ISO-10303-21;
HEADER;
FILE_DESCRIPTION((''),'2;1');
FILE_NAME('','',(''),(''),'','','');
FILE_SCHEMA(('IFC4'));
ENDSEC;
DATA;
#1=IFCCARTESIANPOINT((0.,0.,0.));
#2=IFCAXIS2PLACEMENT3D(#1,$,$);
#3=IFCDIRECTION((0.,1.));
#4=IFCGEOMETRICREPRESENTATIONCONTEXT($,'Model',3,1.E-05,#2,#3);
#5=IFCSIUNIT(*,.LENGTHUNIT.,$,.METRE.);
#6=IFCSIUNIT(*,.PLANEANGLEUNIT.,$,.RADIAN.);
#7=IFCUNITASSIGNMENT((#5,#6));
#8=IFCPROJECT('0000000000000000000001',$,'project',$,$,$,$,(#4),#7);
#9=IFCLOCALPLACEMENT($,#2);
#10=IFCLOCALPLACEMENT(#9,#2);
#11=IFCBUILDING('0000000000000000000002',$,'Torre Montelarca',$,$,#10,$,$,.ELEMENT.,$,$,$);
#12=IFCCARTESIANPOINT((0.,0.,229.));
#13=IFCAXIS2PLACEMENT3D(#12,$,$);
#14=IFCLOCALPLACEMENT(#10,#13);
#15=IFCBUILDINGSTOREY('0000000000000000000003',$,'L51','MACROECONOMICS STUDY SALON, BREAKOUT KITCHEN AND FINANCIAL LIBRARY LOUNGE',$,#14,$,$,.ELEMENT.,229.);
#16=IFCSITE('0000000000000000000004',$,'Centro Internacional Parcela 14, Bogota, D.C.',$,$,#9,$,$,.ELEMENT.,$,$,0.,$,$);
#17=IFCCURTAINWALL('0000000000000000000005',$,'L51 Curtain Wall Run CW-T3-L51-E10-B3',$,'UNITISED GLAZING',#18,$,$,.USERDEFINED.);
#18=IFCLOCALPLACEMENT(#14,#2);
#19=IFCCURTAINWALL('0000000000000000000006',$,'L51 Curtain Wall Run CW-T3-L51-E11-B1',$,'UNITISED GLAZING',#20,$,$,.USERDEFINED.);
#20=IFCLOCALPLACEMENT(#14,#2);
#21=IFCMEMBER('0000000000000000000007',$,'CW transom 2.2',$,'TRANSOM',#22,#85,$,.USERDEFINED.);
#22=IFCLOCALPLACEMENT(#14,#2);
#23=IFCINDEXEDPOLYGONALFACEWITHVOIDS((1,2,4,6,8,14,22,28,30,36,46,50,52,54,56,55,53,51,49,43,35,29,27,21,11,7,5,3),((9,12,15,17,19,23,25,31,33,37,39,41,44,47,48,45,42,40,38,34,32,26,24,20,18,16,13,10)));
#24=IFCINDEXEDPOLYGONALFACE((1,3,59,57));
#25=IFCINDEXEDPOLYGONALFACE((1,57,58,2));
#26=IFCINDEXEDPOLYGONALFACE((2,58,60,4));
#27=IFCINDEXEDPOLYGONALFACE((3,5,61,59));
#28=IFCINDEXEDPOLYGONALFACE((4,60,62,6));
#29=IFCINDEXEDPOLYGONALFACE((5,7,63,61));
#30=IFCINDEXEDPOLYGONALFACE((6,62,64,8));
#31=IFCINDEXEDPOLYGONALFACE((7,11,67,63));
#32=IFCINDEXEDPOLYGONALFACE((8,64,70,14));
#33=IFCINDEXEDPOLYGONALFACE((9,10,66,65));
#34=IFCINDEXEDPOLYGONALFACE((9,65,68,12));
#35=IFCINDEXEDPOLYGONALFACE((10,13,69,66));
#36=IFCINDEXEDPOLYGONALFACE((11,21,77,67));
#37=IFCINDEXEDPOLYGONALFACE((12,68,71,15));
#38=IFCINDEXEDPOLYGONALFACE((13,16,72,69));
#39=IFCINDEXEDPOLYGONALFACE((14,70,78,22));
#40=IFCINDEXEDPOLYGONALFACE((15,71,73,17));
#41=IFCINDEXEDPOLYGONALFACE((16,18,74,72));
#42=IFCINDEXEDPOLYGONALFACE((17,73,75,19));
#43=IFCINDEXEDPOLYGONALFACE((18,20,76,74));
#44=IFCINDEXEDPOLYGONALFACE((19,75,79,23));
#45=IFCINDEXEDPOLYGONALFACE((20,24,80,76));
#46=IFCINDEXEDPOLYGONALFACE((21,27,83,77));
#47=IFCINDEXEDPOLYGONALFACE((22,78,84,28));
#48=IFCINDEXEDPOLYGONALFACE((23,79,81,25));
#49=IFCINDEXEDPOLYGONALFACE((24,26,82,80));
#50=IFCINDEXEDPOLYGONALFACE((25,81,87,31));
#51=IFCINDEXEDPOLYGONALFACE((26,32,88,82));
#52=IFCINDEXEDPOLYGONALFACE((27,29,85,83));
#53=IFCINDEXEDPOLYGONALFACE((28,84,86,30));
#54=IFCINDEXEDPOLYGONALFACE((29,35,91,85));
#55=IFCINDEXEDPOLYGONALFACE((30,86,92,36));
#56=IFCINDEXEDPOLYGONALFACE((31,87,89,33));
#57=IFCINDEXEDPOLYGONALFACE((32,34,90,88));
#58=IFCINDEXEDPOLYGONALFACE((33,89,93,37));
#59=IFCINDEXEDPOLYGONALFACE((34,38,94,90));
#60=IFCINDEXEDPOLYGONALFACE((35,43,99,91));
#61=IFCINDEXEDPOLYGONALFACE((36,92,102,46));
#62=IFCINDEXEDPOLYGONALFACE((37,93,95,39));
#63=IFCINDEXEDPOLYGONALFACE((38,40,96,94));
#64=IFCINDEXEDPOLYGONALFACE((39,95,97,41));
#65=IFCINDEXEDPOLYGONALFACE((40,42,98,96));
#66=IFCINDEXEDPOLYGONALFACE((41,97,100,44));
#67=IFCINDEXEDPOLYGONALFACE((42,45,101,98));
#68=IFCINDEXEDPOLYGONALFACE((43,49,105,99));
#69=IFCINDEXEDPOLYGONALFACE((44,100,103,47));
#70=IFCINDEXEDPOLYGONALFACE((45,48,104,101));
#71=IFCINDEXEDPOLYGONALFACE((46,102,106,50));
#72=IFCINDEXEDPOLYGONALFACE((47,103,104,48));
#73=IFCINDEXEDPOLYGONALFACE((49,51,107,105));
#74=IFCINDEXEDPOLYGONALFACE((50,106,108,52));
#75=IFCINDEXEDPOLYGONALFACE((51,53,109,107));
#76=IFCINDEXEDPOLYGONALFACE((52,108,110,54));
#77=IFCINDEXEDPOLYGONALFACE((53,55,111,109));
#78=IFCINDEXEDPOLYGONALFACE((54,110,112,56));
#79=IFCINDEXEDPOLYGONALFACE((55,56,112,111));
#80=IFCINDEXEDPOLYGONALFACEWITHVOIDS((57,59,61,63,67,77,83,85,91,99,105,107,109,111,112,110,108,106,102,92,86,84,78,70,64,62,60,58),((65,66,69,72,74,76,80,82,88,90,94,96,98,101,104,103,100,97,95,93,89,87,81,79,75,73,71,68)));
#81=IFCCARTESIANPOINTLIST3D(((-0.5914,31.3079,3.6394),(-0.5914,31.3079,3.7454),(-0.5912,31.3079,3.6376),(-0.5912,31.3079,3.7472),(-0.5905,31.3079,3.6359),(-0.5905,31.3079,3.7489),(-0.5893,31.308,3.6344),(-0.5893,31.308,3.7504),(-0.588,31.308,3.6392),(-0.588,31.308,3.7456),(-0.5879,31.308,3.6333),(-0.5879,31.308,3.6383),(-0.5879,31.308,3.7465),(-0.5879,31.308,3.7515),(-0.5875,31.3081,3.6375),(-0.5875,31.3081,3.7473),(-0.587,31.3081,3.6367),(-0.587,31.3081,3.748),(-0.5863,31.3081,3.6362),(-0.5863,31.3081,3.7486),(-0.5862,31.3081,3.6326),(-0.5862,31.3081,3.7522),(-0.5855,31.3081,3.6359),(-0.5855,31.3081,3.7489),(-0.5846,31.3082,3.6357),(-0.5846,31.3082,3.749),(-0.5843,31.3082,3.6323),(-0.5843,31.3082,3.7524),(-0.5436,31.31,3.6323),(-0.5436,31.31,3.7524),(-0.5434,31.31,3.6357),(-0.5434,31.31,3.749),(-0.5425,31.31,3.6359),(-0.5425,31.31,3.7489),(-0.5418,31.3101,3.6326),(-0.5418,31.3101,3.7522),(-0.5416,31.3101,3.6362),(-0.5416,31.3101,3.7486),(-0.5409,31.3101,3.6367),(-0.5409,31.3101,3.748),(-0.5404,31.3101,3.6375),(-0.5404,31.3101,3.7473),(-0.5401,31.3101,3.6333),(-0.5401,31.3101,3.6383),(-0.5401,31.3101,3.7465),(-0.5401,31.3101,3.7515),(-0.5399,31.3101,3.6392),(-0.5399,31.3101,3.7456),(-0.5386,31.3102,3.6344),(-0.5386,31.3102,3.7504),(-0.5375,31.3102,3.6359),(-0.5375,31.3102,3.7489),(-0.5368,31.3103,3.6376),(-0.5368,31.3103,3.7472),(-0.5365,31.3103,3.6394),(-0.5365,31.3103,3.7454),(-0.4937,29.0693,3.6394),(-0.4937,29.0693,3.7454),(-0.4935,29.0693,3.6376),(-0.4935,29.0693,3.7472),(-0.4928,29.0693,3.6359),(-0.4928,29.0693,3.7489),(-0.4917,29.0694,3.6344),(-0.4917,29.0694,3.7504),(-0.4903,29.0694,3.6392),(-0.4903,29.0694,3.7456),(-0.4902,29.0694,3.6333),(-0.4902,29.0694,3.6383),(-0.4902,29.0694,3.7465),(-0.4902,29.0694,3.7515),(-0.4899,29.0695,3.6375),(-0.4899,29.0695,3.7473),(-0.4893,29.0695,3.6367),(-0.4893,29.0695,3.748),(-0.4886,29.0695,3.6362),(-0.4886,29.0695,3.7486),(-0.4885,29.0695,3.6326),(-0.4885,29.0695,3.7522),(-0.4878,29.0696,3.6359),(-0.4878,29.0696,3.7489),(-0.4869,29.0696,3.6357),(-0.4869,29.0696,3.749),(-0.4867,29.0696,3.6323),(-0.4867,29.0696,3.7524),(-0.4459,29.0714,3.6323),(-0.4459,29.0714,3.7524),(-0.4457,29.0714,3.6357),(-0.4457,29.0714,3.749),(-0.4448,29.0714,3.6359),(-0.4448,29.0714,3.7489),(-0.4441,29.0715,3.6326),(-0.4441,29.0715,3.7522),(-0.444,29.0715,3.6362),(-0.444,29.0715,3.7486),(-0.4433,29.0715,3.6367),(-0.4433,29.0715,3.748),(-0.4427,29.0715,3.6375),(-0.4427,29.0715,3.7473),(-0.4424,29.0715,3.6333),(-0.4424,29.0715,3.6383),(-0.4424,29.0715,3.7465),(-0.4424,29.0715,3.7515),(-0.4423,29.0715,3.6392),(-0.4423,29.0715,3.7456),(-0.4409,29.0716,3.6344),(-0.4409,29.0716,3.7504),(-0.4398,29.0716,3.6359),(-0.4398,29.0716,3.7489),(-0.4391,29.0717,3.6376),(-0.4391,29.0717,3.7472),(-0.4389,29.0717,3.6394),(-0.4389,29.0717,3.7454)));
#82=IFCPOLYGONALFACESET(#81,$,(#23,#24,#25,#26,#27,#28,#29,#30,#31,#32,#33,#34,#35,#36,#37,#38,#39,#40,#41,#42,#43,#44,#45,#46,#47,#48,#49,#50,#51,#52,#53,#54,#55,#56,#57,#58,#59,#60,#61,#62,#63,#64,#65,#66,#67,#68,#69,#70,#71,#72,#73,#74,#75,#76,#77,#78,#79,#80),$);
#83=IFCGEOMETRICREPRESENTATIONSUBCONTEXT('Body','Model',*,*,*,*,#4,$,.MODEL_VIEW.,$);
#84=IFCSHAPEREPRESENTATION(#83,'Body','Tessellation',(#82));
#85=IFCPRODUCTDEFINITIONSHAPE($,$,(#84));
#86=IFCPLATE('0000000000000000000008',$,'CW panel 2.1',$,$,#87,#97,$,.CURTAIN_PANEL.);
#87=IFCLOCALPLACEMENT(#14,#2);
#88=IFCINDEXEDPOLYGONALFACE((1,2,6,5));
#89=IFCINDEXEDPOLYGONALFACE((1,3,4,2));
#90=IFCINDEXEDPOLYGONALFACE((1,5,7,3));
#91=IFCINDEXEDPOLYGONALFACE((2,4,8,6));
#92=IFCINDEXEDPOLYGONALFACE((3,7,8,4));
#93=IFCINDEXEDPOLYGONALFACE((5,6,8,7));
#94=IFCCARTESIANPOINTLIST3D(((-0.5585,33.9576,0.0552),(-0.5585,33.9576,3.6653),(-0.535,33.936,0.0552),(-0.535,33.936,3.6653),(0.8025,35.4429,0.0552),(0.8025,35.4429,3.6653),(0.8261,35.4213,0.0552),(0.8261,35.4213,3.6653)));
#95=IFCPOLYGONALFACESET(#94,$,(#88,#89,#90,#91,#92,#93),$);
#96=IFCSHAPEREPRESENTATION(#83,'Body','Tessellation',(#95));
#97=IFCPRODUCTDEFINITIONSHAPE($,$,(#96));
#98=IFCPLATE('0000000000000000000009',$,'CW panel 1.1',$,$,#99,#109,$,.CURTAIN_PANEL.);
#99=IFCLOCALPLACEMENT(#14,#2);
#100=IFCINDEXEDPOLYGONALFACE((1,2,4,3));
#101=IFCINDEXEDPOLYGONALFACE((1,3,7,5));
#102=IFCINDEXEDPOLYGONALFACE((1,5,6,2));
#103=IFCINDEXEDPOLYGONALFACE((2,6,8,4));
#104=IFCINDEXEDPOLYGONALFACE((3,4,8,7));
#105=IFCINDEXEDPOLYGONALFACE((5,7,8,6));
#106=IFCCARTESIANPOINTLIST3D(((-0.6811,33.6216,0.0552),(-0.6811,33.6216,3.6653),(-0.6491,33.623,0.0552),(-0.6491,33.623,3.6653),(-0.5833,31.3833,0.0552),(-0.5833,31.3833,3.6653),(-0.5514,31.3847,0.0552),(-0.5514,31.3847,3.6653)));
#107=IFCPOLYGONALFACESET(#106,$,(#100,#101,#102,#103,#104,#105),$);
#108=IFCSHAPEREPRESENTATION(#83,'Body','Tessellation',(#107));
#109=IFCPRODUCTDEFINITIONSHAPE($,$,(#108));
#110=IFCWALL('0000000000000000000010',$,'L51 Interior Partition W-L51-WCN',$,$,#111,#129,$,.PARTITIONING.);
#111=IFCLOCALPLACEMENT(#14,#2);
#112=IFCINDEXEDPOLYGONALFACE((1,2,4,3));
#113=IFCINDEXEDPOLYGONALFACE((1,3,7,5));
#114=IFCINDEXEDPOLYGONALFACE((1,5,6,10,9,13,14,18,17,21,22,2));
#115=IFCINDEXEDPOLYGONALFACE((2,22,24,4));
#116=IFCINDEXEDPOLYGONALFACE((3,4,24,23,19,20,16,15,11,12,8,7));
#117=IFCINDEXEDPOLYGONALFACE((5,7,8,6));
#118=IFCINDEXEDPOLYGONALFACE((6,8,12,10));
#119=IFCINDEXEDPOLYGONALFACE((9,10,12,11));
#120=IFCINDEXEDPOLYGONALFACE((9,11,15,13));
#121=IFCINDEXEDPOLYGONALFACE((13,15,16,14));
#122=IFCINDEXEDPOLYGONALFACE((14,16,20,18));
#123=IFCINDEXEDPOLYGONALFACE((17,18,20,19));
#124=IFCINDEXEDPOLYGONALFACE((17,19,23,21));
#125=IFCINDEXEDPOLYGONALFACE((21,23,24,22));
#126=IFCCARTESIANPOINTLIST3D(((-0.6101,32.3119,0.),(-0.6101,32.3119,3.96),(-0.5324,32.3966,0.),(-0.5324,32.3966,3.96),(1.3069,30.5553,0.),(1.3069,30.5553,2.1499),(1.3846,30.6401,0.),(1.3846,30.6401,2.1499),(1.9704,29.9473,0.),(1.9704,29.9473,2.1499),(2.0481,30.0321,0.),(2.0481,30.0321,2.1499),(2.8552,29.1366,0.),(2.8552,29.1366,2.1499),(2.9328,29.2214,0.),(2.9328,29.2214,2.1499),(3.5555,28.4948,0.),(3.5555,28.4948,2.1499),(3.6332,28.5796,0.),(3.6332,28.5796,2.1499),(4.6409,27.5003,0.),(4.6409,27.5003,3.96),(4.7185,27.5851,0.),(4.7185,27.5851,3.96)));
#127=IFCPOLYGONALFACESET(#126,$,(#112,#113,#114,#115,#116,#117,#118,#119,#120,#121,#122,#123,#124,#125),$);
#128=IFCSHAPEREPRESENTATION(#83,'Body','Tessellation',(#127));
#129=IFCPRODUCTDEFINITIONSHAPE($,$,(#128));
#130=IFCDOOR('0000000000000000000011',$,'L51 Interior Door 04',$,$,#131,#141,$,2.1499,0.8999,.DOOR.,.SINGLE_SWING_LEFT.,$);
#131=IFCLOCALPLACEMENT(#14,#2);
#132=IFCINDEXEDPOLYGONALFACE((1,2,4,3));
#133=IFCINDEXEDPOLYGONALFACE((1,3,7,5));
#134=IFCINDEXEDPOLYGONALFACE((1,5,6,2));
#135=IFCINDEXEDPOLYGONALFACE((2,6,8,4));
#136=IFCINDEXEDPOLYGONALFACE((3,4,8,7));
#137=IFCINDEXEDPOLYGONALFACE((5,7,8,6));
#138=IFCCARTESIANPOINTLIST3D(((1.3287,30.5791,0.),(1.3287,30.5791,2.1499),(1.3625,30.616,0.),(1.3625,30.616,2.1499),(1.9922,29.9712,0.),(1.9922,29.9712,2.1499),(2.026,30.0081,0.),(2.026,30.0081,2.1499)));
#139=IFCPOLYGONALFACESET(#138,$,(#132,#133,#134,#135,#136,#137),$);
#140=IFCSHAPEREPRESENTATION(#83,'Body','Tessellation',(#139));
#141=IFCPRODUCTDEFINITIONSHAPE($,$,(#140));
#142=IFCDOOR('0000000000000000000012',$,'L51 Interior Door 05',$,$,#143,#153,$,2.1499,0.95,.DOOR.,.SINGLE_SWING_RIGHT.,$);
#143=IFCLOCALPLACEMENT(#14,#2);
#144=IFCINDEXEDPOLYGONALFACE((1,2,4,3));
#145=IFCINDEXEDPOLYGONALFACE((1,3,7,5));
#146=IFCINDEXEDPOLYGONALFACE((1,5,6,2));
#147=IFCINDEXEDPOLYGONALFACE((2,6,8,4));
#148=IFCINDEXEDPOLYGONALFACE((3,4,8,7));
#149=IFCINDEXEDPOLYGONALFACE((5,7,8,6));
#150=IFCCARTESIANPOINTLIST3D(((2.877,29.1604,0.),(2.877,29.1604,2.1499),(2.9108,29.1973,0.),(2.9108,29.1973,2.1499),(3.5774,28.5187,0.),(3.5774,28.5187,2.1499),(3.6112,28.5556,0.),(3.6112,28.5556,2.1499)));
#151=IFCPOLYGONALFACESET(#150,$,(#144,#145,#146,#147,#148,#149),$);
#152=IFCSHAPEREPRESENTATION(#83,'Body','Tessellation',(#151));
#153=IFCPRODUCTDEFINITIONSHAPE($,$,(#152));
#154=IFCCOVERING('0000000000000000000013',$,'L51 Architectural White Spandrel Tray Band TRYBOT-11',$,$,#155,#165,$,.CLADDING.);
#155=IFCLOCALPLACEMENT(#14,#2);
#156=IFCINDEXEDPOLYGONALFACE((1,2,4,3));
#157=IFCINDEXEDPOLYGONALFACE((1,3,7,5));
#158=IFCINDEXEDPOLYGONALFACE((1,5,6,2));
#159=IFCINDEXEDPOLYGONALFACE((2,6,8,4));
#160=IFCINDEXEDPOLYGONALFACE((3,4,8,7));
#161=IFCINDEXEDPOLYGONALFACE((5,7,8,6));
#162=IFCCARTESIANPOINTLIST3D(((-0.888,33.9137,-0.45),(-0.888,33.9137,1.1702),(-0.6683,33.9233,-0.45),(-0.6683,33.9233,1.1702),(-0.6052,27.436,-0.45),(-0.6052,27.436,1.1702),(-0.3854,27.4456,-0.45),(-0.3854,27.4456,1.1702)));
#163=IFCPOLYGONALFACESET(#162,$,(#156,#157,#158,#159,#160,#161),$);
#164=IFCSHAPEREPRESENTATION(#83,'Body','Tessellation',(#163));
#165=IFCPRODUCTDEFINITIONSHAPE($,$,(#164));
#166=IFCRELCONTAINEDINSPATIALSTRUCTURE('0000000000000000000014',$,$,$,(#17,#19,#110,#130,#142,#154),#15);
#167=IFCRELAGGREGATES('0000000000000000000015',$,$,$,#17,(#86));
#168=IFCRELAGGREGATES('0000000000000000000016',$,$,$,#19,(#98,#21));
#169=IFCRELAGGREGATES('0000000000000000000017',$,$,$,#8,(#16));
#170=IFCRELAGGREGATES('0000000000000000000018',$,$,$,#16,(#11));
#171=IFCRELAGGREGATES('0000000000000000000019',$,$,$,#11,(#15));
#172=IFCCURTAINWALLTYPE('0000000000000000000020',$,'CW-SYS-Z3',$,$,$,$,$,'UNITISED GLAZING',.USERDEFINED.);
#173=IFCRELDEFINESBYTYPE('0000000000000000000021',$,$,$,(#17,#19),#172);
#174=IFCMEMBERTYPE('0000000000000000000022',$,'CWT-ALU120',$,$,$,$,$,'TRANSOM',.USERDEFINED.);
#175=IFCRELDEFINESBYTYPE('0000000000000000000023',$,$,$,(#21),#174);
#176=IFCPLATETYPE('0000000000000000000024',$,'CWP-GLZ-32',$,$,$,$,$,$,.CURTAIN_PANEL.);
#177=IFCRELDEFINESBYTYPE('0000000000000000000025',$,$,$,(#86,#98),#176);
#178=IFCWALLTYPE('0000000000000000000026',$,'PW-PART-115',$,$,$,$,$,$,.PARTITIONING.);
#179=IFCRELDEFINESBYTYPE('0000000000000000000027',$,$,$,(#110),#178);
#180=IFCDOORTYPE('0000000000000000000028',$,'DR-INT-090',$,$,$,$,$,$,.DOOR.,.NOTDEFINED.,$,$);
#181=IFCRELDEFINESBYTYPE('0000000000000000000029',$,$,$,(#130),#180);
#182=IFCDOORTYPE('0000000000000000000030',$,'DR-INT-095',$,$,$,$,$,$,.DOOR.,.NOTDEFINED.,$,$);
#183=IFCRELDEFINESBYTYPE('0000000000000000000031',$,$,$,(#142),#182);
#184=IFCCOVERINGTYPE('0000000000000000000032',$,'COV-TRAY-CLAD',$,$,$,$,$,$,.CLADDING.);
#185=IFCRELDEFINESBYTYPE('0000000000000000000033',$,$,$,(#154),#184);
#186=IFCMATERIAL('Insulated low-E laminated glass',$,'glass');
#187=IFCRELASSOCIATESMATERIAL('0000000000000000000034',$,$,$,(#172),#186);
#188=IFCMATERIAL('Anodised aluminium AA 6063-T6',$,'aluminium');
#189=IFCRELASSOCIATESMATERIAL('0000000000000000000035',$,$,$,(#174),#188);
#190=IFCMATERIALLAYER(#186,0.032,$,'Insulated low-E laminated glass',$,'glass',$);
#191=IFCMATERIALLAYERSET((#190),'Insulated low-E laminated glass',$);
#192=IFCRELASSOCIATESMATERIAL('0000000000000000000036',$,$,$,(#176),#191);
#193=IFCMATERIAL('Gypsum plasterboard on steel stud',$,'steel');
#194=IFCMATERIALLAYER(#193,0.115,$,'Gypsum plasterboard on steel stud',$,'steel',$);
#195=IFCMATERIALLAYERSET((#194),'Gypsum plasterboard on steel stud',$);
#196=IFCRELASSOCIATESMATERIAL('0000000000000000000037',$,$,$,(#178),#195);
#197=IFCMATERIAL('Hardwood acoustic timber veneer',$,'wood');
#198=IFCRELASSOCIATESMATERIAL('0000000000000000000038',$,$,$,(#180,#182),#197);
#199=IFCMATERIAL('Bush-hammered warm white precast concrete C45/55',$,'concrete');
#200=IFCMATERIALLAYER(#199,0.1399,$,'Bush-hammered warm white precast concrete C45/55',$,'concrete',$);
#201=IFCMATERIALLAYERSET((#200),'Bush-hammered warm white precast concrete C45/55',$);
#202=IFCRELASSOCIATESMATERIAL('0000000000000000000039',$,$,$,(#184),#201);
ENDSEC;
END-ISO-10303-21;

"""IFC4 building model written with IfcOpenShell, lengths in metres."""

from ifc_helpers import new_model, si_unit, direction, frame, frame_2d, origin, origin_2d, place, context, subcontext, project, spatial, rectangle, hollow_rectangle, extrude, source, transform, mapped, material, layer, layer_set, material_profile, profile_set, type_object, element, fill, aggregate, save


model = new_model("IFC4")

# Units and contexts
model_context = context("Model", 3, precision=1e-05, world=origin(), true_north=direction((0.0, 1.0)))
body_context = subcontext(model_context, "Body", "Model", "MODEL_VIEW")
ifc_project = project(units=[si_unit("LENGTHUNIT", "METRE"), si_unit("PLANEANGLEUNIT", "RADIAN")], contexts=[model_context])

# Site, building, storey
site_placement = place(None, origin())
site = spatial("IfcSite", under=ifc_project, at=site_placement, Name="Centro Internacional Parcela 14, Bogota, D.C.", CompositionType="ELEMENT", RefElevation=0.0)
building_placement = place(site_placement, origin())
building = spatial("IfcBuilding", under=site, at=building_placement, Name="Torre Montelarca", CompositionType="ELEMENT")
storey_placement = place(building_placement, frame((0.0, 0.0, 229.0)))
storey = spatial("IfcBuildingStorey", under=building, at=storey_placement, Name="L51", Description="MACROECONOMICS STUDY SALON, BREAKOUT KITCHEN AND FINANCIAL LIBRARY LOUNGE", CompositionType="ELEMENT", Elevation=229.0)

# Curtain wall
ifc_material_1 = material(Name="Insulated low-E laminated glass", Category="glass")
curtain_wall_type = type_object("IfcCurtainWallType", Name="CW-SYS-Z3", ElementType="UNITISED GLAZING", PredefinedType="USERDEFINED", material=ifc_material_1)
curtain_wall_1_placement = place(storey_placement, origin())
curtain_wall_1 = element("IfcCurtainWall", 1, at=curtain_wall_1_placement, inside=storey, type_object=curtain_wall_type, Name="L51 Curtain Wall Run CW-T3-L51-E10-B3", ObjectType="UNITISED GLAZING", PredefinedType="USERDEFINED")
ifc_material_2 = material(Name="Anodised aluminium AA 6063-T6", Category="aluminium")

# Curtain wall
curtain_wall_2_placement = place(storey_placement, origin())
curtain_wall_2 = element("IfcCurtainWall", 2, at=curtain_wall_2_placement, inside=storey, type_object=curtain_wall_type, Name="L51 Curtain Wall Run CW-T3-L51-E11-B1", ObjectType="UNITISED GLAZING", PredefinedType="USERDEFINED")

# Member
ifc_material_profile_1 = material_profile(ifc_material_2, hollow_rectangle(XDim=0.0549, YDim=0.1201, WallThickness=0.0034, InnerFilletRadius=0.0034, OuterFilletRadius=0.0071, at=origin_2d()), Name="ALU55X120X3.5", Category="aluminium")
ifc_profile_set_1 = profile_set([ifc_material_profile_1], Name="Anodised aluminium AA 6063-T6")
member_type_1 = type_object("IfcMemberType", Name="CWT-ALU120", ElementType="TRANSOM", PredefinedType="USERDEFINED", material=ifc_profile_set_1)
shared_shape_1 = source(origin(), body_context, "Body", "SweptSolid", [
    extrude(hollow_rectangle(XDim=0.0549, YDim=0.1201, WallThickness=0.0034, InnerFilletRadius=0.0034, OuterFilletRadius=0.0071, at=origin_2d()), origin(), (0.0, 0.0, 1.0), 2.2407),
])
member_1_placement = place(storey_placement, frame((-0.564, 31.3091, 3.6924), z_axis=(0.043584, -0.99905, 0.0), x_axis=(0.99905, 0.043584, 0.0)))
member_1 = element("IfcMember", 3, at=member_1_placement, type_object=member_type_1, Name="CW transom 2.2", ObjectType="TRANSOM", PredefinedType="USERDEFINED", context=body_context, shape_type="MappedRepresentation", body=[
    mapped(shared_shape_1, transform((0.0, 0.0, 0.0), scale=1.0)),
])

# Plates
ifc_layer_1 = layer(ifc_material_1, 0.032, Name="Insulated low-E laminated glass", Category="glass")
ifc_layer_set_1 = layer_set([ifc_layer_1], Name="Insulated low-E laminated glass")
plate_type = type_object("IfcPlateType", Name="CWP-GLZ-32", PredefinedType="CURTAIN_PANEL", material=ifc_layer_set_1)
shared_shape_2 = source(origin(), body_context, "Body", "SweptSolid", [
    extrude(rectangle(XDim=2.0146, YDim=0.032, at=origin_2d()), origin(), (0.0, 0.0, 1.0), 3.6101),
])
plate_1_placement = place(storey_placement, frame((0.1338, 34.6895, 0.0552), z_axis=(0.0, 0.0, 1.0), x_axis=(-0.675582, -0.737285, 0.0)))
plate_1 = element("IfcPlate", 4, at=plate_1_placement, type_object=plate_type, Name="CW panel 2.1", PredefinedType="CURTAIN_PANEL", context=body_context, shape_type="MappedRepresentation", body=[
    mapped(shared_shape_2, transform((0.0, 0.0, 0.0), scale=1.0)),
])
aggregate(curtain_wall_1, [plate_1])
shared_shape_3 = source(origin(), body_context, "Body", "SweptSolid", [
    extrude(rectangle(XDim=2.2405, YDim=0.032, at=origin_2d()), origin(), (0.0, 0.0, 1.0), 3.6101),
])
plate_2_placement = place(storey_placement, frame((-0.6162, 32.5032, 0.0552), z_axis=(0.0, 0.0, 1.0), x_axis=(0.043625, -0.999048, 0.0)))
plate_2 = element("IfcPlate", 5, at=plate_2_placement, type_object=plate_type, Name="CW panel 1.1", PredefinedType="CURTAIN_PANEL", context=body_context, shape_type="MappedRepresentation", body=[
    mapped(shared_shape_3, transform((0.0, 0.0, 0.0), scale=1.0)),
])
aggregate(curtain_wall_2, [plate_2, member_1])

# Wall, openings, doors
ifc_material_3 = material(Name="Gypsum plasterboard on steel stud", Category="steel")
ifc_layer_2 = layer(ifc_material_3, 0.115, Name="Gypsum plasterboard on steel stud", Category="steel")
ifc_layer_set_2 = layer_set([ifc_layer_2], Name="Gypsum plasterboard on steel stud")
wall_type_1 = type_object("IfcWallType", Name="PW-PART-115", PredefinedType="PARTITIONING", material=ifc_layer_set_2)
wall_1_placement = place(storey_placement, frame((-0.5713, 32.3542, 0.0), z_axis=(0.0, 0.0, 1.0), x_axis=(0.737285, -0.675582, 0.0)))
wall_1 = element("IfcWall", 6, at=wall_1_placement, inside=storey, type_object=wall_type_1, Name="L51 Interior Partition W-L51-WCN", PredefinedType="PARTITIONING", context=body_context, shape_type="SweptSolid", body=[
    extrude(rectangle(XDim=7.1221, YDim=0.115, at=frame_2d((3.561, 0.0))), origin(), (0.0, 0.0, 1.0), 3.96),
])
opening_1_placement = place(wall_1_placement, frame((2.6001, 0.0, 0.0)))
opening_1 = element("IfcOpeningElement", 7, at=opening_1_placement, cuts=wall_1, PredefinedType="OPENING", context=body_context, shape_type="SweptSolid", body=[
    extrude(rectangle(XDim=0.8999, YDim=2.1499, at=frame_2d((0.45, 1.075))), frame((0.0, 0.0674, 0.0), z_axis=(0.0, -1.0, 0.0), x_axis=(1.0, 0.0, 0.0)), (0.0, 0.0, 1.0), 0.135),
])
opening_2_placement = place(wall_1_placement, frame((4.7, 0.0, 0.0)))
opening_2 = element("IfcOpeningElement", 8, at=opening_2_placement, cuts=wall_1, PredefinedType="OPENING", context=body_context, shape_type="SweptSolid", body=[
    extrude(rectangle(XDim=0.95, YDim=2.1499, at=frame_2d((0.4751, 1.075))), frame((0.0, 0.0674, 0.0), z_axis=(0.0, -1.0, 0.0), x_axis=(1.0, 0.0, 0.0)), (0.0, 0.0, 1.0), 0.135),
])
ifc_material_4 = material(Name="Hardwood acoustic timber veneer", Category="wood")
door_type_1 = type_object("IfcDoorType", Name="DR-INT-090", OperationType="NOTDEFINED", PredefinedType="DOOR", material=ifc_material_4)
shared_shape_4 = source(origin(), body_context, "Body", "SweptSolid", [
    extrude(rectangle(XDim=0.8999, YDim=2.1499, at=frame_2d((0.45, 1.075))), frame((0.0, 0.0249, 0.0), z_axis=(0.0, -1.0, 0.0), x_axis=(1.0, 0.0, 0.0)), (0.0, 0.0, 1.0), 0.05),
])
door_1_placement = place(opening_1_placement, origin())
door_1 = element("IfcDoor", 9, at=door_1_placement, inside=storey, type_object=door_type_1, Name="L51 Interior Door 04", OperationType="SINGLE_SWING_LEFT", OverallHeight=2.1499, OverallWidth=0.8999, PredefinedType="DOOR", context=body_context, shape_type="MappedRepresentation", body=[
    mapped(shared_shape_4, transform((0.0, 0.0, 0.0), scale=1.0)),
])
fill(opening_1, door_1)
door_type_2 = type_object("IfcDoorType", Name="DR-INT-095", OperationType="NOTDEFINED", PredefinedType="DOOR", material=ifc_material_4)
shared_shape_5 = source(origin(), body_context, "Body", "SweptSolid", [
    extrude(rectangle(XDim=0.95, YDim=2.1499, at=frame_2d((0.4751, 1.075))), frame((0.0, 0.0249, 0.0), z_axis=(0.0, -1.0, 0.0), x_axis=(1.0, 0.0, 0.0)), (0.0, 0.0, 1.0), 0.05),
])
door_2_placement = place(opening_2_placement, origin())
door_2 = element("IfcDoor", 10, at=door_2_placement, inside=storey, type_object=door_type_2, Name="L51 Interior Door 05", OperationType="SINGLE_SWING_RIGHT", OverallHeight=2.1499, OverallWidth=0.95, PredefinedType="DOOR", context=body_context, shape_type="MappedRepresentation", body=[
    mapped(shared_shape_5, transform((0.0, 0.0, 0.0), scale=1.0)),
])
fill(opening_2, door_2)

# Covering
ifc_material_5 = material(Name="Bush-hammered warm white precast concrete C45/55", Category="concrete")
ifc_layer_3 = layer(ifc_material_5, 0.1399, Name="Bush-hammered warm white precast concrete C45/55", Category="concrete")
ifc_layer_set_3 = layer_set([ifc_layer_3], Name="Bush-hammered warm white precast concrete C45/55")
covering_type = type_object("IfcCoveringType", Name="COV-TRAY-CLAD", PredefinedType="CLADDING", material=ifc_layer_set_3)
shared_shape_6 = source(origin(), body_context, "Body", "SweptSolid", [
    extrude(rectangle(XDim=6.4839, YDim=0.22, at=origin_2d()), origin(), (0.0, 0.0, 1.0), 1.6201),
])
covering_placement = place(storey_placement, frame((-0.6367, 30.6797, -0.45), z_axis=(0.0, 0.0, 1.0), x_axis=(0.043621, -0.999048, 0.0)))
element("IfcCovering", 11, at=covering_placement, inside=storey, type_object=covering_type, Name="L51 Architectural White Spandrel Tray Band TRYBOT-11", PredefinedType="CLADDING", context=body_context, shape_type="MappedRepresentation", body=[
    mapped(shared_shape_6, transform((0.0, 0.0, 0.0), scale=1.0)),
])

save(model, "model.ifc")
